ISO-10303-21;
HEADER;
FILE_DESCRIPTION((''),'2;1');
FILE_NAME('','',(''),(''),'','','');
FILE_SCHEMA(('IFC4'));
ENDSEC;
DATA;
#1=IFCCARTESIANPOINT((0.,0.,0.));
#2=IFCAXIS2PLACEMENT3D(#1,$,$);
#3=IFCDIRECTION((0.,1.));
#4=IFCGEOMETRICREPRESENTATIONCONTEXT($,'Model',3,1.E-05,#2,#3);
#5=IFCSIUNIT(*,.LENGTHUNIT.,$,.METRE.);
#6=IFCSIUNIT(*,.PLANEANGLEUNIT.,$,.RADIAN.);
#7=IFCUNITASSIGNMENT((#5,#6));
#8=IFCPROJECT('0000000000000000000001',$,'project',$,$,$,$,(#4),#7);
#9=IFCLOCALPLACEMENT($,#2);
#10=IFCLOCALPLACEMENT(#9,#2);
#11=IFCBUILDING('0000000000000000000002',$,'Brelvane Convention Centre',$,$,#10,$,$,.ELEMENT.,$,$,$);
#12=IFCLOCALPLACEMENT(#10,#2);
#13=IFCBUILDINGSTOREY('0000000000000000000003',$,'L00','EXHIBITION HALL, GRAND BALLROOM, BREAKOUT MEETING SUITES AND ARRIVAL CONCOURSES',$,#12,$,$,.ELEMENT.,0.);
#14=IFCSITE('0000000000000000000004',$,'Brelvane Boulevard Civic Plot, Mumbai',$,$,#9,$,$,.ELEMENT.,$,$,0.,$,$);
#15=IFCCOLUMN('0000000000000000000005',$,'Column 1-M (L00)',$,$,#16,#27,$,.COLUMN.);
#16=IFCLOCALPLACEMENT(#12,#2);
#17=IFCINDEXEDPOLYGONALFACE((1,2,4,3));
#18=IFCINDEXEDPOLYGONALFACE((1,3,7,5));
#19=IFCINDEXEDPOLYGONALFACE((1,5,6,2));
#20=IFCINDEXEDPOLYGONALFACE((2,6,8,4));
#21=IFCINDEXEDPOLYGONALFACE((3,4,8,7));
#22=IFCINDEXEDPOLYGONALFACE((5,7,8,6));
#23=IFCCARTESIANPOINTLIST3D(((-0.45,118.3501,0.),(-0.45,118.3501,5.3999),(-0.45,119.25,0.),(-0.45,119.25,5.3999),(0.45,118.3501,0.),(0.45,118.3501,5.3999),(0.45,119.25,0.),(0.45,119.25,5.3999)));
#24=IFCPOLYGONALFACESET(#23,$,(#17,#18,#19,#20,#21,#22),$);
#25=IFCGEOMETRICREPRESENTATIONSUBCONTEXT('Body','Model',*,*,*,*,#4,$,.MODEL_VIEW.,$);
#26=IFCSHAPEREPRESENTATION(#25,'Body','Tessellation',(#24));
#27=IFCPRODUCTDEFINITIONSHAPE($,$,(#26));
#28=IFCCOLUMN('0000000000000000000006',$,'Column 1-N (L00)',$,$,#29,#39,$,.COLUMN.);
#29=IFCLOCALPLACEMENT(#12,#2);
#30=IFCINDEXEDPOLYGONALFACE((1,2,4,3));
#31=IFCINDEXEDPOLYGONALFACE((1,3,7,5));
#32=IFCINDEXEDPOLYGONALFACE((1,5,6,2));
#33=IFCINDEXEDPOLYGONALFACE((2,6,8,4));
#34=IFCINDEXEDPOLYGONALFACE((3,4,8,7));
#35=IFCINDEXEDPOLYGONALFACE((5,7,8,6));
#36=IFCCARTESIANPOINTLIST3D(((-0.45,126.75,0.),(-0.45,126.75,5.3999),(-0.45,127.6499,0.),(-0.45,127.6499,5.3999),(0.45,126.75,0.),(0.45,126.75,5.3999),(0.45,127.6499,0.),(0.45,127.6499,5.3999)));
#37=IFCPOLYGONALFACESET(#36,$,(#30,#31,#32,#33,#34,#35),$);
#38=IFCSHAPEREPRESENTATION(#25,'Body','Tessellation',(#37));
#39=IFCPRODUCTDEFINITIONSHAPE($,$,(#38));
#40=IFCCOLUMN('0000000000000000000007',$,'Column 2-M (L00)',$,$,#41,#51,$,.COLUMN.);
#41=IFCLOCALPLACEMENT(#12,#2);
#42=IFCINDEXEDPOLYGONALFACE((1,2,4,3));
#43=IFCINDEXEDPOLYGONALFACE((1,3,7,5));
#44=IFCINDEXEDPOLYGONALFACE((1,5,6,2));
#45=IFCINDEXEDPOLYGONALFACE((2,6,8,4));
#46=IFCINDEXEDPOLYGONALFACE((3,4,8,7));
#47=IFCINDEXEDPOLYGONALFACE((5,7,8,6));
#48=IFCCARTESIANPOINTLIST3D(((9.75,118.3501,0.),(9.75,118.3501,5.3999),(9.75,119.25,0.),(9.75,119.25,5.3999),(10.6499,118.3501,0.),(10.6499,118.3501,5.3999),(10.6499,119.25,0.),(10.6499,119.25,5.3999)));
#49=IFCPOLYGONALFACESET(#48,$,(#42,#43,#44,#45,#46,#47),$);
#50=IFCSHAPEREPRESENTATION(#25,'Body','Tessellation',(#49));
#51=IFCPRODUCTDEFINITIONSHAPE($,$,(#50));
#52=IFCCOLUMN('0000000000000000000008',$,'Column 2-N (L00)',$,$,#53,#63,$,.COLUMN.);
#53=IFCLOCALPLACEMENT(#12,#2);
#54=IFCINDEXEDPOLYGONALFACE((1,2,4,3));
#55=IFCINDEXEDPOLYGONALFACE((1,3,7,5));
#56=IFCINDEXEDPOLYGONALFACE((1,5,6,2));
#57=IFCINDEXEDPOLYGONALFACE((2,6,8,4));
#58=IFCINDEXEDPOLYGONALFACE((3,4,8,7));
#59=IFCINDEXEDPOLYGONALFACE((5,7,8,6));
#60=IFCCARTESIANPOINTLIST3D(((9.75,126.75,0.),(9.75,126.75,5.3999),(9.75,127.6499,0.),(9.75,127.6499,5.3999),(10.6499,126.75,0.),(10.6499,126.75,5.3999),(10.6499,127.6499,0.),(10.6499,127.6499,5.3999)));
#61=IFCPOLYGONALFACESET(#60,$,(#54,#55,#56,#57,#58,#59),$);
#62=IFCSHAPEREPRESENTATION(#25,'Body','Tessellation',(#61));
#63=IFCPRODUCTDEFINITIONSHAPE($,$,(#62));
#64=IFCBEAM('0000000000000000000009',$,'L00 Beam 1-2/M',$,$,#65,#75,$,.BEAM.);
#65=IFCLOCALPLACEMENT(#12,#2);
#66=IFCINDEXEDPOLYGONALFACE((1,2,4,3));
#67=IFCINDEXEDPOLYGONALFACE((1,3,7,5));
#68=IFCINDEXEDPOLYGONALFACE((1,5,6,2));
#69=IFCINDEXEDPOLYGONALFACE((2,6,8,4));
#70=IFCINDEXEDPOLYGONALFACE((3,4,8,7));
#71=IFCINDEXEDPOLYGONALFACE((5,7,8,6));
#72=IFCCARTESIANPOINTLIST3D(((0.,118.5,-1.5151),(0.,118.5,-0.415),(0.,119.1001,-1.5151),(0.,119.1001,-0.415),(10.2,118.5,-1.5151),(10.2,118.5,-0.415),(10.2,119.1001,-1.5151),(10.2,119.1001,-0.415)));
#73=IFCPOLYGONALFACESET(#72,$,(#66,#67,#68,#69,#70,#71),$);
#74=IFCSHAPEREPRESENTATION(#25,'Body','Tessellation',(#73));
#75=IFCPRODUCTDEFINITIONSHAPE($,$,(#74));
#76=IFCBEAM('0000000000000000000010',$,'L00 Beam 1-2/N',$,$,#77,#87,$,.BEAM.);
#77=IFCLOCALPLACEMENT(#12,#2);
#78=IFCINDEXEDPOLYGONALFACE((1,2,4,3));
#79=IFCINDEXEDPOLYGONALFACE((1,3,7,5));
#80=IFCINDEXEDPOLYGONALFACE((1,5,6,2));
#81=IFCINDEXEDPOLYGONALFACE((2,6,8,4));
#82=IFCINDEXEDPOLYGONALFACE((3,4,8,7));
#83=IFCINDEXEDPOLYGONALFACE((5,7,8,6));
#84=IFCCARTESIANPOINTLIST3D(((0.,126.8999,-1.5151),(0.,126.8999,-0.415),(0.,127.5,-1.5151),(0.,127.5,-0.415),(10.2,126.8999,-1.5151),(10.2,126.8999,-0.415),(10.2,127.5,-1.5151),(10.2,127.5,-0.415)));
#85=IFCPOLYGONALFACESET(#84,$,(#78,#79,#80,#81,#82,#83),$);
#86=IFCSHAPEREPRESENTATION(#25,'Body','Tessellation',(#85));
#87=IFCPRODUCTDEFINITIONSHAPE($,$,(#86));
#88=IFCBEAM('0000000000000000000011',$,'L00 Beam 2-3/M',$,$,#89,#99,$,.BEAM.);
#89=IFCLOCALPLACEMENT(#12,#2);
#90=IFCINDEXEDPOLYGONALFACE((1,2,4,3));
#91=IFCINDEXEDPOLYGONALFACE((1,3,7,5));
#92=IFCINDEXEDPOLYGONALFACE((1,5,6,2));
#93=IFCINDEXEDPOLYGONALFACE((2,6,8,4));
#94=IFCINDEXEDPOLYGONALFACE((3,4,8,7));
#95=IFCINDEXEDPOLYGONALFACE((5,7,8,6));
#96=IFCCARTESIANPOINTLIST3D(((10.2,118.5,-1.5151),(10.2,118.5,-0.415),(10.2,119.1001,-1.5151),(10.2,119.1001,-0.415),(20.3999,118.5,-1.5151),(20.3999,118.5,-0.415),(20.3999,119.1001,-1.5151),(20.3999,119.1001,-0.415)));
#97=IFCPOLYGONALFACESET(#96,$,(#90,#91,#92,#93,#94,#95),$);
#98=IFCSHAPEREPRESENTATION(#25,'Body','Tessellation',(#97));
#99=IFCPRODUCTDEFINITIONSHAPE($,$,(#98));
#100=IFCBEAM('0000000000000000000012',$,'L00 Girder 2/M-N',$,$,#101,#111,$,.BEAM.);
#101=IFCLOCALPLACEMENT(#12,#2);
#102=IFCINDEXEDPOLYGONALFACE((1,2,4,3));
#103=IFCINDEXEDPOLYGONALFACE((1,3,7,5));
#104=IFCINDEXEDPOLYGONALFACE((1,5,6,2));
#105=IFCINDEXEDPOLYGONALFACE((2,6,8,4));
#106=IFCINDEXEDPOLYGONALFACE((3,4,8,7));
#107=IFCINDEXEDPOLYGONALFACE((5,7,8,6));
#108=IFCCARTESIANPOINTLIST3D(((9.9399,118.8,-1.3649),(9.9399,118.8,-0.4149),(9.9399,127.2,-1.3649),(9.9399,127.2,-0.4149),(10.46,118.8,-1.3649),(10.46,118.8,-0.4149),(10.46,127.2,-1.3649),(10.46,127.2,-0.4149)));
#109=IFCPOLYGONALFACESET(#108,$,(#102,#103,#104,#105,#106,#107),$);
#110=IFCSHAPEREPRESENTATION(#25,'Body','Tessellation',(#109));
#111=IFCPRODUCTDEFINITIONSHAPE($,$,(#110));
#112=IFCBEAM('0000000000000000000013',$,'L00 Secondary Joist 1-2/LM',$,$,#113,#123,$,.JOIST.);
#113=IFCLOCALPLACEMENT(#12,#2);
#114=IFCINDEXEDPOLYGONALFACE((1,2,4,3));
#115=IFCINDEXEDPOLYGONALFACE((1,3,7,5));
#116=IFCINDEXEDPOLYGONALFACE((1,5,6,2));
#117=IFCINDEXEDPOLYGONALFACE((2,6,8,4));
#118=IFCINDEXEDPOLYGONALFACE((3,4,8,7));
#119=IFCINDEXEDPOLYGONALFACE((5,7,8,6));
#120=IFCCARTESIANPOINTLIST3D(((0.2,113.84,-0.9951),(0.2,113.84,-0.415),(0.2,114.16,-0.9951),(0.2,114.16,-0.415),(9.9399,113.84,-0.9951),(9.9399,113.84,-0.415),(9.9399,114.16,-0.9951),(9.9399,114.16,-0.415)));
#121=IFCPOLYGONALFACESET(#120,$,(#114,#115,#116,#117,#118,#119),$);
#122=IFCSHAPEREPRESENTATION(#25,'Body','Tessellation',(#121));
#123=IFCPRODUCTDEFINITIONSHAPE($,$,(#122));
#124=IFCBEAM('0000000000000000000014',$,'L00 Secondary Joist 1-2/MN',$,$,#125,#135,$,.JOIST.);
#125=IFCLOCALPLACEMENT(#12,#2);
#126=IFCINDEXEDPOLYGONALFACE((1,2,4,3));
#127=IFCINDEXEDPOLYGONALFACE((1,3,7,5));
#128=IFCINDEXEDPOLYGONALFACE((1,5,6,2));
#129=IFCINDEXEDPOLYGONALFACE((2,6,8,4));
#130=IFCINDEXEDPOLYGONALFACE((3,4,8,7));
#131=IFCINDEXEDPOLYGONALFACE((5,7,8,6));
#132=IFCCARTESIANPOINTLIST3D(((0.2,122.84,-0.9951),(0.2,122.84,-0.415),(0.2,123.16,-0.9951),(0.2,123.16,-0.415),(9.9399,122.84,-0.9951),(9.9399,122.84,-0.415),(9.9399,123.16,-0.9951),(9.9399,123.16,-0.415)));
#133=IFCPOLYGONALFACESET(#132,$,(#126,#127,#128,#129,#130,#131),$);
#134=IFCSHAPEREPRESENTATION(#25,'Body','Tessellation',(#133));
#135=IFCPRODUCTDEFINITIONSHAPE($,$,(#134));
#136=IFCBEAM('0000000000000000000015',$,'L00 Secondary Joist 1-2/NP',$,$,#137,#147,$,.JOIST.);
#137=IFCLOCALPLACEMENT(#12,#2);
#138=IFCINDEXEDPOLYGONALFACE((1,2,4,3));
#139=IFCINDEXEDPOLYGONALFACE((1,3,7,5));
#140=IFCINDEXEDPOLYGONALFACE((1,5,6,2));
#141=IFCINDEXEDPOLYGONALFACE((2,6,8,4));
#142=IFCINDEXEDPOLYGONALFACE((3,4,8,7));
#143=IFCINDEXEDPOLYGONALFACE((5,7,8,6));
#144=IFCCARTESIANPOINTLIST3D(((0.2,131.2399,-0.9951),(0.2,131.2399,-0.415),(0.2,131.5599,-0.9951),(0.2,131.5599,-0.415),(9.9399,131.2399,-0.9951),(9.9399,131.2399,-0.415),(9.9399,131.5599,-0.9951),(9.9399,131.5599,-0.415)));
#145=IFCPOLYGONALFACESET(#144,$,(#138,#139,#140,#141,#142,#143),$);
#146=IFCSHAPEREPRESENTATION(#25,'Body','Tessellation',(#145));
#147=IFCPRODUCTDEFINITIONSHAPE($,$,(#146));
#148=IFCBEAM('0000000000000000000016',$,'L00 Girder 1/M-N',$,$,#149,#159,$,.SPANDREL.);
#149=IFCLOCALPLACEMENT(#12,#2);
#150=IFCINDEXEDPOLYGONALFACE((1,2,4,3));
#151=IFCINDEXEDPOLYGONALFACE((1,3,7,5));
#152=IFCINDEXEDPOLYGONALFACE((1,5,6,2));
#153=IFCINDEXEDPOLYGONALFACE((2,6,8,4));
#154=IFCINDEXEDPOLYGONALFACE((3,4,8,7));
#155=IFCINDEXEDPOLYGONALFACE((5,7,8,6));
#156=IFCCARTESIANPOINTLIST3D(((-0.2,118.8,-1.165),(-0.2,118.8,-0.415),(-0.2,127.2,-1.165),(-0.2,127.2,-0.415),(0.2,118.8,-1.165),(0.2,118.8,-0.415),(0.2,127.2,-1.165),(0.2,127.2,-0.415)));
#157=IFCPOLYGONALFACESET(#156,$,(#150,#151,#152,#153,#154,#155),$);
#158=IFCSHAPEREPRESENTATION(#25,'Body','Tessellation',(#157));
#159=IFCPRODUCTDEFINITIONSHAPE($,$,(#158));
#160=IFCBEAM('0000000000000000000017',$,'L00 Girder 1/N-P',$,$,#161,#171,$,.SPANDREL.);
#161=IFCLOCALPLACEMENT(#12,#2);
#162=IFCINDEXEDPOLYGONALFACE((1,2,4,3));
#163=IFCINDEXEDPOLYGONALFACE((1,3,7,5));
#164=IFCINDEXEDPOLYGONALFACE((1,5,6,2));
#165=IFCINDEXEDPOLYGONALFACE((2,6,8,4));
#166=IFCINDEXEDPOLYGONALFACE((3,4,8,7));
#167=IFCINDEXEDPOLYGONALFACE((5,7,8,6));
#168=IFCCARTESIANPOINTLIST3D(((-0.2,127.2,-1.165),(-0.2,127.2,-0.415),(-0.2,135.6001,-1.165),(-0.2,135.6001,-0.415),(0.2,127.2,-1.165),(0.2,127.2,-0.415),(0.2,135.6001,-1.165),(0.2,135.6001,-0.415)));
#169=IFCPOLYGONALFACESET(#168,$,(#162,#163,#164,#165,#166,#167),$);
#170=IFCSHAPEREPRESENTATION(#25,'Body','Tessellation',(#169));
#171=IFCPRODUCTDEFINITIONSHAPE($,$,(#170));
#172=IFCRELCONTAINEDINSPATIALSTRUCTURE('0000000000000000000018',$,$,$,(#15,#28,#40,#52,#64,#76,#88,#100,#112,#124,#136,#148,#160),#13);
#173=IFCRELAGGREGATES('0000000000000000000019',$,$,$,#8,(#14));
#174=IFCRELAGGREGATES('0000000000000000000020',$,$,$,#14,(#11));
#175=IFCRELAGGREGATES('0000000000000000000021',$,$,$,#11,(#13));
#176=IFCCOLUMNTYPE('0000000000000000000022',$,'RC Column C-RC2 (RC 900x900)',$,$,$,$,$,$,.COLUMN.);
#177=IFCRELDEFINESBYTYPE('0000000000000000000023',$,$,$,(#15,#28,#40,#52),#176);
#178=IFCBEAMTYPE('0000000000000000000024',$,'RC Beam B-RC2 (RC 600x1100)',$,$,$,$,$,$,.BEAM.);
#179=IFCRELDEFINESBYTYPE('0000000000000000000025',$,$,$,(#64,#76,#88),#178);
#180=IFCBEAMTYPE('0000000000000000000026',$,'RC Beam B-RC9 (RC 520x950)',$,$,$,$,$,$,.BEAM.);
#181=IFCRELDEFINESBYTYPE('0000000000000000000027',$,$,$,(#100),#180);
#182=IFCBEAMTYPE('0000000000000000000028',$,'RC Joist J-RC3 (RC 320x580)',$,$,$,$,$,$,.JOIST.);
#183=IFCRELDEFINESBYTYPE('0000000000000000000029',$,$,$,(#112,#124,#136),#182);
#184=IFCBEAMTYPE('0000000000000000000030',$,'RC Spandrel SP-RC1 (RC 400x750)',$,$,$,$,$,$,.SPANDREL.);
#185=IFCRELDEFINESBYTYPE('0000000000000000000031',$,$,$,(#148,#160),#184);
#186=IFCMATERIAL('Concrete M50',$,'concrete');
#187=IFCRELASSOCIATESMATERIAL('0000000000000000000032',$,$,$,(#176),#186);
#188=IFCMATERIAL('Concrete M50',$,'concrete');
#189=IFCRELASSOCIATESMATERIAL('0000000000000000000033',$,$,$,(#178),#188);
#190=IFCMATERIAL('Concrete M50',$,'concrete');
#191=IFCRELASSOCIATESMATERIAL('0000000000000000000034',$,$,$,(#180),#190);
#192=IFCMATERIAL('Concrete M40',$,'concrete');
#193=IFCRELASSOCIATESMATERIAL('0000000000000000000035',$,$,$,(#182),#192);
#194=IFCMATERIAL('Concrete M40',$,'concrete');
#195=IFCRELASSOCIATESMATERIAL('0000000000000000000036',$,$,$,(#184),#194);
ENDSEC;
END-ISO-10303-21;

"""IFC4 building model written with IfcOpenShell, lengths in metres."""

from ifc_helpers import new_model, si_unit, direction, frame, origin, origin_2d, place, context, subcontext, project, spatial, rectangle, extrude, material, material_profile, profile_set, type_object, element, save


model = new_model("IFC4")

# Units and contexts
model_context = context("Model", 3, precision=1e-05, world=origin(), true_north=direction((0.0, 1.0)))
body_context = subcontext(model_context, "Body", "Model", "MODEL_VIEW")
ifc_project = project(units=[si_unit("LENGTHUNIT", "METRE"), si_unit("PLANEANGLEUNIT", "RADIAN")], contexts=[model_context])

# Site, building, storey
site_placement = place(None, origin())
site = spatial("IfcSite", under=ifc_project, at=site_placement, Name="Brelvane Boulevard Civic Plot, Mumbai", CompositionType="ELEMENT", RefElevation=0.0)
building_placement = place(site_placement, origin())
building = spatial("IfcBuilding", under=site, at=building_placement, Name="Brelvane Convention Centre", CompositionType="ELEMENT")
storey_placement = place(building_placement, origin())
storey = spatial("IfcBuildingStorey", under=building, at=storey_placement, Name="L00", Description="EXHIBITION HALL, GRAND BALLROOM, BREAKOUT MEETING SUITES AND ARRIVAL CONCOURSES", CompositionType="ELEMENT", Elevation=0.0)

# Columns
ifc_material_1 = material(Name="Concrete M50", Category="concrete")
ifc_material_profile_1 = material_profile(ifc_material_1, rectangle(XDim=0.8999, YDim=0.8999, at=origin_2d()), Name="RC 900x900")
ifc_profile_set_1 = profile_set([ifc_material_profile_1], Name="Concrete M50")
column_type = type_object("IfcColumnType", Name="RC Column C-RC2 (RC 900x900)", PredefinedType="COLUMN", material=ifc_profile_set_1)
for number, where, z_axis, x_axis, name in (
    (1, (0.0, 118.8, 0.0), (0.0, 0.0, 1.0), (1.0, 0.0, 0.0), "Column 1-M (L00)"),
    (2, (0.0, 127.2, 0.0), (0.0, 0.0, 1.0), (1.0, 0.0, 0.0), "Column 1-N (L00)"),
    (3, (10.2, 118.8, 0.0), (0.0, 0.0, 1.0), (1.0, 0.0, 0.0), "Column 2-M (L00)"),
    (4, (10.2, 127.2, 0.0), (0.0, 0.0, 1.0), (1.0, 0.0, 0.0), "Column 2-N (L00)"),
):
    element("IfcColumn", number, at=place(storey_placement, frame(where, z_axis=z_axis, x_axis=x_axis)), inside=storey, type_object=column_type, Name=name, PredefinedType="COLUMN", context=body_context, shape_type="SweptSolid", body=[
        extrude(rectangle(XDim=0.8999, YDim=0.8999, at=origin_2d()), origin(), (0.0, 0.0, 1.0), 5.3999),
    ])

# Beams
ifc_material_2 = material(Name="Concrete M50", Category="concrete")
ifc_material_profile_2 = material_profile(ifc_material_2, rectangle(XDim=0.6001, YDim=1.1001, at=origin_2d()), Name="RC 600x1100")
ifc_profile_set_2 = profile_set([ifc_material_profile_2], Name="Concrete M50")
beam_type_1 = type_object("IfcBeamType", Name="RC Beam B-RC2 (RC 600x1100)", PredefinedType="BEAM", material=ifc_profile_set_2)
for number, where, z_axis, x_axis, name in (
    (5, (0.0, 118.8, -0.9651), (1.0, 0.0, 0.0), (0.0, 1.0, 0.0), "L00 Beam 1-2/M"),
    (6, (0.0, 127.2, -0.9651), (1.0, 0.0, 0.0), (0.0, 1.0, 0.0), "L00 Beam 1-2/N"),
    (7, (10.2, 118.8, -0.9651), (1.0, 0.0, 0.0), (0.0, 1.0, 0.0), "L00 Beam 2-3/M"),
):
    element("IfcBeam", number, at=place(storey_placement, frame(where, z_axis=z_axis, x_axis=x_axis)), inside=storey, type_object=beam_type_1, Name=name, PredefinedType="BEAM", context=body_context, shape_type="SweptSolid", body=[
        extrude(rectangle(XDim=0.6001, YDim=1.1001, at=origin_2d()), origin(), (0.0, 0.0, 1.0), 10.2),
    ])
ifc_material_3 = material(Name="Concrete M50", Category="concrete")
ifc_material_profile_3 = material_profile(ifc_material_3, rectangle(XDim=0.52, YDim=0.95, at=origin_2d()), Name="RC 520x950")
ifc_profile_set_3 = profile_set([ifc_material_profile_3], Name="Concrete M50")
beam_type_2 = type_object("IfcBeamType", Name="RC Beam B-RC9 (RC 520x950)", PredefinedType="BEAM", material=ifc_profile_set_3)
beam_1_placement = place(storey_placement, frame((10.2, 118.8, -0.8899), z_axis=(0.0, 1.0, 0.0), x_axis=(-1.0, 0.0, 0.0)))
element("IfcBeam", 8, at=beam_1_placement, inside=storey, type_object=beam_type_2, Name="L00 Girder 2/M-N", PredefinedType="BEAM", context=body_context, shape_type="SweptSolid", body=[
    extrude(rectangle(XDim=0.52, YDim=0.95, at=origin_2d()), origin(), (0.0, 0.0, 1.0), 8.3999),
])
ifc_material_4 = material(Name="Concrete M40", Category="concrete")
ifc_material_profile_4 = material_profile(ifc_material_4, rectangle(XDim=0.3201, YDim=0.5801, at=origin_2d()), Name="RC 320x580")
ifc_profile_set_4 = profile_set([ifc_material_profile_4], Name="Concrete M40")
beam_type_3 = type_object("IfcBeamType", Name="RC Joist J-RC3 (RC 320x580)", PredefinedType="JOIST", material=ifc_profile_set_4)
for number, where, z_axis, x_axis, name in (
    (9, (0.2, 114.0, -0.7051), (1.0, 0.0, 0.0), (0.0, 1.0, 0.0), "L00 Secondary Joist 1-2/LM"),
    (10, (0.2, 123.0, -0.7051), (1.0, 0.0, 0.0), (0.0, 1.0, 0.0), "L00 Secondary Joist 1-2/MN"),
    (11, (0.2, 131.3999, -0.7051), (1.0, 0.0, 0.0), (0.0, 1.0, 0.0), "L00 Secondary Joist 1-2/NP"),
):
    element("IfcBeam", number, at=place(storey_placement, frame(where, z_axis=z_axis, x_axis=x_axis)), inside=storey, type_object=beam_type_3, Name=name, PredefinedType="JOIST", context=body_context, shape_type="SweptSolid", body=[
        extrude(rectangle(XDim=0.3201, YDim=0.5801, at=origin_2d()), origin(), (0.0, 0.0, 1.0), 9.74),
    ])
ifc_material_5 = material(Name="Concrete M40", Category="concrete")
ifc_material_profile_5 = material_profile(ifc_material_5, rectangle(XDim=0.3999, YDim=0.75, at=origin_2d()), Name="RC 400x750")
ifc_profile_set_5 = profile_set([ifc_material_profile_5], Name="Concrete M40")
beam_type_4 = type_object("IfcBeamType", Name="RC Spandrel SP-RC1 (RC 400x750)", PredefinedType="SPANDREL", material=ifc_profile_set_5)
beam_2_placement = place(storey_placement, frame((0.0, 118.8, -0.79), z_axis=(0.0, 1.0, 0.0), x_axis=(-1.0, 0.0, 0.0)))
element("IfcBeam", 12, at=beam_2_placement, inside=storey, type_object=beam_type_4, Name="L00 Girder 1/M-N", PredefinedType="SPANDREL", context=body_context, shape_type="SweptSolid", body=[
    extrude(rectangle(XDim=0.3999, YDim=0.75, at=origin_2d()), origin(), (0.0, 0.0, 1.0), 8.3999),
])
beam_3_placement = place(storey_placement, frame((0.0, 127.2, -0.79), z_axis=(0.0, 1.0, 0.0), x_axis=(-1.0, 0.0, 0.0)))
element("IfcBeam", 13, at=beam_3_placement, inside=storey, type_object=beam_type_4, Name="L00 Girder 1/N-P", PredefinedType="SPANDREL", context=body_context, shape_type="SweptSolid", body=[
    extrude(rectangle(XDim=0.3999, YDim=0.75, at=origin_2d()), origin(), (0.0, 0.0, 1.0), 8.4001),
])

save(model, "model.ifc")
